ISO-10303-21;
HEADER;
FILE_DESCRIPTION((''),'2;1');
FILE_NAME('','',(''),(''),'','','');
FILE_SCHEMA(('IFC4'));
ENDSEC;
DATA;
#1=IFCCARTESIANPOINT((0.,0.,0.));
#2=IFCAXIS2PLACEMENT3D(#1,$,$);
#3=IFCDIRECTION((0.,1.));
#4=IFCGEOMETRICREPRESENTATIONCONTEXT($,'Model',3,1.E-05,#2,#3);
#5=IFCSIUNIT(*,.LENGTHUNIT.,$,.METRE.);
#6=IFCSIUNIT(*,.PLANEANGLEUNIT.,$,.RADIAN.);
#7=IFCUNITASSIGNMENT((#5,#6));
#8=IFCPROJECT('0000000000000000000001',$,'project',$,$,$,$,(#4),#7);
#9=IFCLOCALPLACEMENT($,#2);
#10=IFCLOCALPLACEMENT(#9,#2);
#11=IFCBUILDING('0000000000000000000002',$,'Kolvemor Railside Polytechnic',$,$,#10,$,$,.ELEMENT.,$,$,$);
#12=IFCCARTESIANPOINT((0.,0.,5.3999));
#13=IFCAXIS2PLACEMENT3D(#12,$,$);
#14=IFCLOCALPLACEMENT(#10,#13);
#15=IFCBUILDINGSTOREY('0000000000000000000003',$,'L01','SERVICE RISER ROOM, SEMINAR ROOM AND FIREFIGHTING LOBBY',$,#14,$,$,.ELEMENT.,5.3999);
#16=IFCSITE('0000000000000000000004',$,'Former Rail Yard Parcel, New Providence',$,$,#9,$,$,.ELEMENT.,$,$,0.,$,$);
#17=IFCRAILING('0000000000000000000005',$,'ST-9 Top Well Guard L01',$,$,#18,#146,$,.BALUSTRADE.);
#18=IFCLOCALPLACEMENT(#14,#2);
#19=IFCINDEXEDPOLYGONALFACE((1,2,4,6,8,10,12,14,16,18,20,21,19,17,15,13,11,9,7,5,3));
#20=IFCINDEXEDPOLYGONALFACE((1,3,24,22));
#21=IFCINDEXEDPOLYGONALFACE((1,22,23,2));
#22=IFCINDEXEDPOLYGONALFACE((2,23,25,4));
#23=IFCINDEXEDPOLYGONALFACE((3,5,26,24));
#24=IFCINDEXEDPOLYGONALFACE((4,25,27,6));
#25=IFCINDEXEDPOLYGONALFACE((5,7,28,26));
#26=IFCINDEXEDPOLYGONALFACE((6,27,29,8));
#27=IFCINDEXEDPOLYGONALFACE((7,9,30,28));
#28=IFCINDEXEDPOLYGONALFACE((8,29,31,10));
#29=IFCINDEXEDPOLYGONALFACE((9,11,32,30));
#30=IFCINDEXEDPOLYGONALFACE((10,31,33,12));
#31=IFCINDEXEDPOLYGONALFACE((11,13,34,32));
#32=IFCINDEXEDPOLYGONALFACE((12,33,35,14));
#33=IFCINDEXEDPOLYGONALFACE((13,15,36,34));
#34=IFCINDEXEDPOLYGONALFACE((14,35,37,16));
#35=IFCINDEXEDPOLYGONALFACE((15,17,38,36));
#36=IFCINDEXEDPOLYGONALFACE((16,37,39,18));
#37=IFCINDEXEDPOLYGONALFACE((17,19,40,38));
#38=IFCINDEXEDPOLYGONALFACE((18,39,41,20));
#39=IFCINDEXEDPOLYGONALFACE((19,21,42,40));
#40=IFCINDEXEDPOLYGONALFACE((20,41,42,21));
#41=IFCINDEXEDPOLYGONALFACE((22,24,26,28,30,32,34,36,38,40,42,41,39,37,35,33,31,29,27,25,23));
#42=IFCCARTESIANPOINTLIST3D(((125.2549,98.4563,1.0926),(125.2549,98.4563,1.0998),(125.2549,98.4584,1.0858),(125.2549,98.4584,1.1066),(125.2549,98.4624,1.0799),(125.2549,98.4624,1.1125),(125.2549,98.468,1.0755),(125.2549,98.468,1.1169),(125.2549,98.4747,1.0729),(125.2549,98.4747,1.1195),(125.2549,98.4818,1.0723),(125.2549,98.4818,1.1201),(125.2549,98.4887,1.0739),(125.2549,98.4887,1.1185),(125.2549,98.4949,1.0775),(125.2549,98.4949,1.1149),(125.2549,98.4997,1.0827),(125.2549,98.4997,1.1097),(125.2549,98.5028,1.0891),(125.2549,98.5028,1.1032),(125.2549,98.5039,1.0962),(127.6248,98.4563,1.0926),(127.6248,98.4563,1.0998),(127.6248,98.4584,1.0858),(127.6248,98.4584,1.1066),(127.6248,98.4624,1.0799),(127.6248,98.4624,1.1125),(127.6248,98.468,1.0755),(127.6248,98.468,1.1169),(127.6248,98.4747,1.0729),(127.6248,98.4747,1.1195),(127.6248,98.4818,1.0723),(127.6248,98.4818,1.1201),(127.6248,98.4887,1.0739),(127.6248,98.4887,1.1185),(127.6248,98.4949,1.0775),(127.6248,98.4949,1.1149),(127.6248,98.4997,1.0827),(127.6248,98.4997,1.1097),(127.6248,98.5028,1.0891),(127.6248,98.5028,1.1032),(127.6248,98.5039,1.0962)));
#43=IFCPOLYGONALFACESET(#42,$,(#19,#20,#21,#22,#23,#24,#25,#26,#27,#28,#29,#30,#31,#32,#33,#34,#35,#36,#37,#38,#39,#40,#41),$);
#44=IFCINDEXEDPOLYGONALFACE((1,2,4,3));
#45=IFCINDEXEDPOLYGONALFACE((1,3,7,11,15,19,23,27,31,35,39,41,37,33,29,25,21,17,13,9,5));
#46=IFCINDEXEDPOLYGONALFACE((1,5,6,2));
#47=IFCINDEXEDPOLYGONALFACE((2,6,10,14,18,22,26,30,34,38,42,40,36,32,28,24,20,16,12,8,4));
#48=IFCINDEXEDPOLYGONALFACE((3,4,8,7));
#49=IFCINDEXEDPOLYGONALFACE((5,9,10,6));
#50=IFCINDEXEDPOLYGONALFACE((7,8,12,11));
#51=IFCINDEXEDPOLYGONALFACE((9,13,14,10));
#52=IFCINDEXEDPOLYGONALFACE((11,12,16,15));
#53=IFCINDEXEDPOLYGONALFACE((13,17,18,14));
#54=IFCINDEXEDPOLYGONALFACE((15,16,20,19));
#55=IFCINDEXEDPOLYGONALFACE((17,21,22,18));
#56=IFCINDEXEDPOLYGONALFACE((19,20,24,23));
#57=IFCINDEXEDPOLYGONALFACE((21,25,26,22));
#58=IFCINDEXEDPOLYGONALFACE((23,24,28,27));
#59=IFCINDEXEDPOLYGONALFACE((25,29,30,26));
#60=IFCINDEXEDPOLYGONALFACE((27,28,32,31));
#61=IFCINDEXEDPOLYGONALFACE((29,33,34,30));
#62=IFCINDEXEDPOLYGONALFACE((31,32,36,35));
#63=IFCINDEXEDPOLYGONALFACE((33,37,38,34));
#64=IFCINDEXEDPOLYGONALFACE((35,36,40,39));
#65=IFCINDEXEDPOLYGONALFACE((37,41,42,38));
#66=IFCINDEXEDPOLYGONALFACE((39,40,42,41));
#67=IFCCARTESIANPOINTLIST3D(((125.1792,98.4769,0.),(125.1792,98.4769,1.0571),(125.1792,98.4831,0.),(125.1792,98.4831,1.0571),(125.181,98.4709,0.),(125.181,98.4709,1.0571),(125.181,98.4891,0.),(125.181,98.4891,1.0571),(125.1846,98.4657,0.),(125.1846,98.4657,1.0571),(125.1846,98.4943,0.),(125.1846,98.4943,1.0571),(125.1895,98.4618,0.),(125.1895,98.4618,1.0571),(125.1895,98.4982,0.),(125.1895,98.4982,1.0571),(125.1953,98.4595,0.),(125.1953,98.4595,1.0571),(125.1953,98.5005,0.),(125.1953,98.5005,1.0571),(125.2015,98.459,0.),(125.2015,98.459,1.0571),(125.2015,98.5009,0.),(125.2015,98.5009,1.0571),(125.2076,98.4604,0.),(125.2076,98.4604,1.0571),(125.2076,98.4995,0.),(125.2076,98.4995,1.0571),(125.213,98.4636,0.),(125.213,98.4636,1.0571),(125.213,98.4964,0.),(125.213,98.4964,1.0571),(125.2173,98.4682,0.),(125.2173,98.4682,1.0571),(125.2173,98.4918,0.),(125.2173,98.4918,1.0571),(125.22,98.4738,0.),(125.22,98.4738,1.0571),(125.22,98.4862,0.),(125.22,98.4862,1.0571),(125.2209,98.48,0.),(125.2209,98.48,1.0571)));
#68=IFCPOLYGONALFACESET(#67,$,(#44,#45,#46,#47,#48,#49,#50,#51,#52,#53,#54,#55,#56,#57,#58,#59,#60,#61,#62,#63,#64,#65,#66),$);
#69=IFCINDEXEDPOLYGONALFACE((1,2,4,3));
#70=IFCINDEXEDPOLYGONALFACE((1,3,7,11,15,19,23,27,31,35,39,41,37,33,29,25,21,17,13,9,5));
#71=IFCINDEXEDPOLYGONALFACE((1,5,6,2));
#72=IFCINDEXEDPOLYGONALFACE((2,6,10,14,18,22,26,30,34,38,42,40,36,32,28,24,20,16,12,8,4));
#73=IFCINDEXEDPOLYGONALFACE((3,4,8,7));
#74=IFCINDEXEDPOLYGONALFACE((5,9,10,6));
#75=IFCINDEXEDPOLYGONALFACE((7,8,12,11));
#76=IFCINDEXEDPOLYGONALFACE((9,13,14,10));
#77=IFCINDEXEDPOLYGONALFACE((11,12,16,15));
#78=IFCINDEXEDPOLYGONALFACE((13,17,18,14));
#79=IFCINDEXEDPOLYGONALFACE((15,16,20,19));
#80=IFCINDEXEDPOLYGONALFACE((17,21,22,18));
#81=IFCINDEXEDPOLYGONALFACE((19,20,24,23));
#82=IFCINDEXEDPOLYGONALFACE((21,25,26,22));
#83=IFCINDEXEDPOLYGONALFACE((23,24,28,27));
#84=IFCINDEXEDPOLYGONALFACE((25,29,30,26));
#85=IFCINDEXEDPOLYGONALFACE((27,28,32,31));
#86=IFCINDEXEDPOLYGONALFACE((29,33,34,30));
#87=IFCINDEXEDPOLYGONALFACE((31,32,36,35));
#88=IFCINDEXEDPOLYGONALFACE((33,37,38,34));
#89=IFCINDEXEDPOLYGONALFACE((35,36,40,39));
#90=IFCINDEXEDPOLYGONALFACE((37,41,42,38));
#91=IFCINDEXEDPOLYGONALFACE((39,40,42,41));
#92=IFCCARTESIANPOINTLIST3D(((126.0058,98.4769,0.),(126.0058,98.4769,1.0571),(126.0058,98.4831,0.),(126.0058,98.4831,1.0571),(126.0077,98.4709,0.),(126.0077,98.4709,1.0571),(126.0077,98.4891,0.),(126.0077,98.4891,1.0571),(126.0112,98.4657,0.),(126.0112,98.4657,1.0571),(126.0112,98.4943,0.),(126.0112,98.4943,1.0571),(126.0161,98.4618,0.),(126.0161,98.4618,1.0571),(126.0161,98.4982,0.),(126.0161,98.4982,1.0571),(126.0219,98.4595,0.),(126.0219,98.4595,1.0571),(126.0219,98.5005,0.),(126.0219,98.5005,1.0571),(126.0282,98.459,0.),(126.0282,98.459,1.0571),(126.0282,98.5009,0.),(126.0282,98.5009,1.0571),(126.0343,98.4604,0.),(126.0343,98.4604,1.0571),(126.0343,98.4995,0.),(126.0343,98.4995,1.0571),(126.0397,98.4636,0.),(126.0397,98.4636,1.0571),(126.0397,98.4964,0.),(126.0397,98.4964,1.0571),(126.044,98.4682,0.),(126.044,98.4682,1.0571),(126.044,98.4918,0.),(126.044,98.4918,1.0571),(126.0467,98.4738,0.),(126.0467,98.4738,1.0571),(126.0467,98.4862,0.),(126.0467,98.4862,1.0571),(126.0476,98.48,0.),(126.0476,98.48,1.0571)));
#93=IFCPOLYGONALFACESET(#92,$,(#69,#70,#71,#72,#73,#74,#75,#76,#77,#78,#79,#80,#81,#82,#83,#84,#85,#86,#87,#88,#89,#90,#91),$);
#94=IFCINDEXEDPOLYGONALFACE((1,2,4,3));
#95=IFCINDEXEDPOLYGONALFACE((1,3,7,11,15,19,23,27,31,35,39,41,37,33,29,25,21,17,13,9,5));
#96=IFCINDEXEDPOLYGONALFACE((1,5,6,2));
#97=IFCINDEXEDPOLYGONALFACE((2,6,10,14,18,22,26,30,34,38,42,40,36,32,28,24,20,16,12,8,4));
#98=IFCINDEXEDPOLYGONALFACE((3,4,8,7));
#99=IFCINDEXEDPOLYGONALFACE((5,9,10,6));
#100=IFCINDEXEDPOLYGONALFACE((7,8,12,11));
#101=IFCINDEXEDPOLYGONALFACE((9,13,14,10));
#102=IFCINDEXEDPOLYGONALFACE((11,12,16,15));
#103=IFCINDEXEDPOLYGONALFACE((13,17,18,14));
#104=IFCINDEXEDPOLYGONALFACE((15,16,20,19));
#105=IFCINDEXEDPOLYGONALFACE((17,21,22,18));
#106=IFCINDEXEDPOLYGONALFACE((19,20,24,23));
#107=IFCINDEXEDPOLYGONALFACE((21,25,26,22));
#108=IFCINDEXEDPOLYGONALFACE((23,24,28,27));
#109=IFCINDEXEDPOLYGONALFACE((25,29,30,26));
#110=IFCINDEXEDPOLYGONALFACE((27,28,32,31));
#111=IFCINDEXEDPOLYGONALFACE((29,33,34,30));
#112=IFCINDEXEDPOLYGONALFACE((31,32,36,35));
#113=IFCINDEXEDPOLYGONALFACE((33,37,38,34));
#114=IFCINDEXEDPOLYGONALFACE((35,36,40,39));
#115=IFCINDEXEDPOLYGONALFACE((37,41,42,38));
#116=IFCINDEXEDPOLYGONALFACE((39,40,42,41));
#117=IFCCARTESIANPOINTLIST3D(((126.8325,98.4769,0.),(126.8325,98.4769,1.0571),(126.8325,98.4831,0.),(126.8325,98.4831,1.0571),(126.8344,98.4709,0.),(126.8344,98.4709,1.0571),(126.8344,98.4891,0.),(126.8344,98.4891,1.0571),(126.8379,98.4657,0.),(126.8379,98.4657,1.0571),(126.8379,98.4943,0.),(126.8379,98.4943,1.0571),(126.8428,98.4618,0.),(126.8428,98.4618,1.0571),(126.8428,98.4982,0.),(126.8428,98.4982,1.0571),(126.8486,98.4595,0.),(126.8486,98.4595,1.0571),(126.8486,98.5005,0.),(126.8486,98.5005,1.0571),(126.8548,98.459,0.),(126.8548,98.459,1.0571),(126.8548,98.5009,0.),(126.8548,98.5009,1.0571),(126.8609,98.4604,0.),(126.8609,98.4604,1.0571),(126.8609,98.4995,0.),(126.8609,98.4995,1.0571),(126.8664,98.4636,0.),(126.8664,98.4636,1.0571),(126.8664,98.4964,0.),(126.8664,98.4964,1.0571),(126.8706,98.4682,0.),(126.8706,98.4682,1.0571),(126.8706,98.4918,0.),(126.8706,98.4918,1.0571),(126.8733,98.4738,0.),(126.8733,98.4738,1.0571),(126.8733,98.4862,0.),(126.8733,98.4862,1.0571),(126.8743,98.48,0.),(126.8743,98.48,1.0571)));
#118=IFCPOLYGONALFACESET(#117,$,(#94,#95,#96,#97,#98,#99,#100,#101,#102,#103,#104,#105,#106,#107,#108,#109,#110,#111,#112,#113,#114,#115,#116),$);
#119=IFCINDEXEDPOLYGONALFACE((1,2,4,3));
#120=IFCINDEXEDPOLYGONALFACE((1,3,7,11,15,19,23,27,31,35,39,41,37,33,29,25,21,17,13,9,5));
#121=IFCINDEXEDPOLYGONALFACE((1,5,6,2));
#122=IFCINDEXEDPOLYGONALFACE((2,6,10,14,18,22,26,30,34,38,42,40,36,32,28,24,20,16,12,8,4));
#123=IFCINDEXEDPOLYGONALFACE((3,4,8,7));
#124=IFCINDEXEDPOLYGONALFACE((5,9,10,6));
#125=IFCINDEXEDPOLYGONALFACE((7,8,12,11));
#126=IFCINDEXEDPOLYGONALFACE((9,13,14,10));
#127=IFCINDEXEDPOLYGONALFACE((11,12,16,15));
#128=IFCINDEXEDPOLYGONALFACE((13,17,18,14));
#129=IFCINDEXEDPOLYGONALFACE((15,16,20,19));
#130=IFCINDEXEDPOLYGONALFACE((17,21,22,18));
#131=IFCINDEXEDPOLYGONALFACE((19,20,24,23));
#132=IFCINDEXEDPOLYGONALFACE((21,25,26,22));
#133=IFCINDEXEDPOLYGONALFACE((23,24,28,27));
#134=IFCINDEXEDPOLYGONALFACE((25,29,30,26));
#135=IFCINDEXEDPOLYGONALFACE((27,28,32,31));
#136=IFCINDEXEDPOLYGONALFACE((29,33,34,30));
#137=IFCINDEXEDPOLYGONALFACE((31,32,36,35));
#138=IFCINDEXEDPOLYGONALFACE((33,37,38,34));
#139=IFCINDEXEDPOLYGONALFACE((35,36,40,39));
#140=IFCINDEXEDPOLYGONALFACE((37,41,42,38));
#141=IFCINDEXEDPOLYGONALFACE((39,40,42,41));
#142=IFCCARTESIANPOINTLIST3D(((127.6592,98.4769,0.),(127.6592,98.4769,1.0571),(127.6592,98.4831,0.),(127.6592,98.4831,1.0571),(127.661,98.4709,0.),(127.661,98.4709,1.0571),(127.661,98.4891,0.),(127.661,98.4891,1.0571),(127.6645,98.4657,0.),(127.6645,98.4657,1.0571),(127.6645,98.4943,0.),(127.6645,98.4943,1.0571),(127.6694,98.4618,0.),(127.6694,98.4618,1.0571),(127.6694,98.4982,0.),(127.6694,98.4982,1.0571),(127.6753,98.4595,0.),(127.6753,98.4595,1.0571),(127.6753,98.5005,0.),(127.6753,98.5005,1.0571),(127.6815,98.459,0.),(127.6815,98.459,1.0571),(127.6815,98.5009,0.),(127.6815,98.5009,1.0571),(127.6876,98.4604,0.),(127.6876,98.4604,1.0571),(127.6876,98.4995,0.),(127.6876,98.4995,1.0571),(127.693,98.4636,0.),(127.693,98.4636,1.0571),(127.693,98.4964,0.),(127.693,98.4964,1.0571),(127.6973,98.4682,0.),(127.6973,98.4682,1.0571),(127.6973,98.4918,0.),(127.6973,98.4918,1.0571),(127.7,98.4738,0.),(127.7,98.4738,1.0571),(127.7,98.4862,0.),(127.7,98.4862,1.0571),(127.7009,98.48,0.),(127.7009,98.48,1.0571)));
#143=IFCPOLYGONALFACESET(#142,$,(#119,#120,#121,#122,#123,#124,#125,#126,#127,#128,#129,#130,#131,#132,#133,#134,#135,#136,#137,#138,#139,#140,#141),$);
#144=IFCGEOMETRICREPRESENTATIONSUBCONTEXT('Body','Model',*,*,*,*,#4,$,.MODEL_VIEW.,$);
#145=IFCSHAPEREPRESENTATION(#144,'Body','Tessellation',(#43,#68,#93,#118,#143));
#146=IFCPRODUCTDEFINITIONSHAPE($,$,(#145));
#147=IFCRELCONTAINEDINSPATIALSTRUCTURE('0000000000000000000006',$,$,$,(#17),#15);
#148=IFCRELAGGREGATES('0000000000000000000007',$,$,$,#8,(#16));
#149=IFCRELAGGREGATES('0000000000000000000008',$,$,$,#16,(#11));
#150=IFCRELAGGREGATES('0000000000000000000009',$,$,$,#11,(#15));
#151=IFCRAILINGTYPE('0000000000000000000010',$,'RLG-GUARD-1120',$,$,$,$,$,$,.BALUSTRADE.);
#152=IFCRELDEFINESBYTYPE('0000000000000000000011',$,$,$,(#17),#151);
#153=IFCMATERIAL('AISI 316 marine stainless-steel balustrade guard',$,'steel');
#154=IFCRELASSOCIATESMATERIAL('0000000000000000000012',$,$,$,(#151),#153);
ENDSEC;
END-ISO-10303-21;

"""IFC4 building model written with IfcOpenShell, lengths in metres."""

from ifc_helpers import new_model, si_unit, direction, frame, origin, origin_2d, place, context, subcontext, project, spatial, circle, extrude, material, type_object, element, save


model = new_model("IFC4")

# Units and contexts
model_context = context("Model", 3, precision=1e-05, world=origin(), true_north=direction((0.0, 1.0)))
body_context = subcontext(model_context, "Body", "Model", "MODEL_VIEW")
ifc_project = project(units=[si_unit("LENGTHUNIT", "METRE"), si_unit("PLANEANGLEUNIT", "RADIAN")], contexts=[model_context])

# Site, building, storey
site_placement = place(None, origin())
site = spatial("IfcSite", under=ifc_project, at=site_placement, Name="Former Rail Yard Parcel, New Providence", CompositionType="ELEMENT", RefElevation=0.0)
building_placement = place(site_placement, origin())
building = spatial("IfcBuilding", under=site, at=building_placement, Name="Kolvemor Railside Polytechnic", CompositionType="ELEMENT")
storey_placement = place(building_placement, frame((0.0, 0.0, 5.3999)))
storey = spatial("IfcBuildingStorey", under=building, at=storey_placement, Name="L01", Description="SERVICE RISER ROOM, SEMINAR ROOM AND FIREFIGHTING LOBBY", CompositionType="ELEMENT", Elevation=5.3999)

# Railing
ifc_material_1 = material(Name="AISI 316 marine stainless-steel balustrade guard", Category="steel")
railing_type = type_object("IfcRailingType", Name="RLG-GUARD-1120", PredefinedType="BALUSTRADE", material=ifc_material_1)
railing_placement = place(storey_placement, frame((125.2, 98.48, 0.0)))
element("IfcRailing", 1, at=railing_placement, inside=storey, type_object=railing_type, Name="ST-9 Top Well Guard L01", PredefinedType="BALUSTRADE", context=body_context, shape_type="SweptSolid", body=[
    extrude(circle(Radius=0.0239, at=origin_2d()), frame((0.0549, 0.0, 1.0962), z_axis=(1.0, 0.0, 0.0), x_axis=(0.0, 1.0, 0.0)), (0.0, 0.0, 1.0), 2.3699),
    extrude(circle(Radius=0.021, at=origin_2d()), origin(), (0.0, 0.0, 1.0), 1.0571),
    extrude(circle(Radius=0.021, at=origin_2d()), frame((0.8267, 0.0, 0.0)), (0.0, 0.0, 1.0), 1.0571),
    extrude(circle(Radius=0.021, at=origin_2d()), frame((1.6533, 0.0, 0.0)), (0.0, 0.0, 1.0), 1.0571),
    extrude(circle(Radius=0.021, at=origin_2d()), frame((2.48, 0.0, 0.0)), (0.0, 0.0, 1.0), 1.0571),
])

save(model, "model.ifc")
